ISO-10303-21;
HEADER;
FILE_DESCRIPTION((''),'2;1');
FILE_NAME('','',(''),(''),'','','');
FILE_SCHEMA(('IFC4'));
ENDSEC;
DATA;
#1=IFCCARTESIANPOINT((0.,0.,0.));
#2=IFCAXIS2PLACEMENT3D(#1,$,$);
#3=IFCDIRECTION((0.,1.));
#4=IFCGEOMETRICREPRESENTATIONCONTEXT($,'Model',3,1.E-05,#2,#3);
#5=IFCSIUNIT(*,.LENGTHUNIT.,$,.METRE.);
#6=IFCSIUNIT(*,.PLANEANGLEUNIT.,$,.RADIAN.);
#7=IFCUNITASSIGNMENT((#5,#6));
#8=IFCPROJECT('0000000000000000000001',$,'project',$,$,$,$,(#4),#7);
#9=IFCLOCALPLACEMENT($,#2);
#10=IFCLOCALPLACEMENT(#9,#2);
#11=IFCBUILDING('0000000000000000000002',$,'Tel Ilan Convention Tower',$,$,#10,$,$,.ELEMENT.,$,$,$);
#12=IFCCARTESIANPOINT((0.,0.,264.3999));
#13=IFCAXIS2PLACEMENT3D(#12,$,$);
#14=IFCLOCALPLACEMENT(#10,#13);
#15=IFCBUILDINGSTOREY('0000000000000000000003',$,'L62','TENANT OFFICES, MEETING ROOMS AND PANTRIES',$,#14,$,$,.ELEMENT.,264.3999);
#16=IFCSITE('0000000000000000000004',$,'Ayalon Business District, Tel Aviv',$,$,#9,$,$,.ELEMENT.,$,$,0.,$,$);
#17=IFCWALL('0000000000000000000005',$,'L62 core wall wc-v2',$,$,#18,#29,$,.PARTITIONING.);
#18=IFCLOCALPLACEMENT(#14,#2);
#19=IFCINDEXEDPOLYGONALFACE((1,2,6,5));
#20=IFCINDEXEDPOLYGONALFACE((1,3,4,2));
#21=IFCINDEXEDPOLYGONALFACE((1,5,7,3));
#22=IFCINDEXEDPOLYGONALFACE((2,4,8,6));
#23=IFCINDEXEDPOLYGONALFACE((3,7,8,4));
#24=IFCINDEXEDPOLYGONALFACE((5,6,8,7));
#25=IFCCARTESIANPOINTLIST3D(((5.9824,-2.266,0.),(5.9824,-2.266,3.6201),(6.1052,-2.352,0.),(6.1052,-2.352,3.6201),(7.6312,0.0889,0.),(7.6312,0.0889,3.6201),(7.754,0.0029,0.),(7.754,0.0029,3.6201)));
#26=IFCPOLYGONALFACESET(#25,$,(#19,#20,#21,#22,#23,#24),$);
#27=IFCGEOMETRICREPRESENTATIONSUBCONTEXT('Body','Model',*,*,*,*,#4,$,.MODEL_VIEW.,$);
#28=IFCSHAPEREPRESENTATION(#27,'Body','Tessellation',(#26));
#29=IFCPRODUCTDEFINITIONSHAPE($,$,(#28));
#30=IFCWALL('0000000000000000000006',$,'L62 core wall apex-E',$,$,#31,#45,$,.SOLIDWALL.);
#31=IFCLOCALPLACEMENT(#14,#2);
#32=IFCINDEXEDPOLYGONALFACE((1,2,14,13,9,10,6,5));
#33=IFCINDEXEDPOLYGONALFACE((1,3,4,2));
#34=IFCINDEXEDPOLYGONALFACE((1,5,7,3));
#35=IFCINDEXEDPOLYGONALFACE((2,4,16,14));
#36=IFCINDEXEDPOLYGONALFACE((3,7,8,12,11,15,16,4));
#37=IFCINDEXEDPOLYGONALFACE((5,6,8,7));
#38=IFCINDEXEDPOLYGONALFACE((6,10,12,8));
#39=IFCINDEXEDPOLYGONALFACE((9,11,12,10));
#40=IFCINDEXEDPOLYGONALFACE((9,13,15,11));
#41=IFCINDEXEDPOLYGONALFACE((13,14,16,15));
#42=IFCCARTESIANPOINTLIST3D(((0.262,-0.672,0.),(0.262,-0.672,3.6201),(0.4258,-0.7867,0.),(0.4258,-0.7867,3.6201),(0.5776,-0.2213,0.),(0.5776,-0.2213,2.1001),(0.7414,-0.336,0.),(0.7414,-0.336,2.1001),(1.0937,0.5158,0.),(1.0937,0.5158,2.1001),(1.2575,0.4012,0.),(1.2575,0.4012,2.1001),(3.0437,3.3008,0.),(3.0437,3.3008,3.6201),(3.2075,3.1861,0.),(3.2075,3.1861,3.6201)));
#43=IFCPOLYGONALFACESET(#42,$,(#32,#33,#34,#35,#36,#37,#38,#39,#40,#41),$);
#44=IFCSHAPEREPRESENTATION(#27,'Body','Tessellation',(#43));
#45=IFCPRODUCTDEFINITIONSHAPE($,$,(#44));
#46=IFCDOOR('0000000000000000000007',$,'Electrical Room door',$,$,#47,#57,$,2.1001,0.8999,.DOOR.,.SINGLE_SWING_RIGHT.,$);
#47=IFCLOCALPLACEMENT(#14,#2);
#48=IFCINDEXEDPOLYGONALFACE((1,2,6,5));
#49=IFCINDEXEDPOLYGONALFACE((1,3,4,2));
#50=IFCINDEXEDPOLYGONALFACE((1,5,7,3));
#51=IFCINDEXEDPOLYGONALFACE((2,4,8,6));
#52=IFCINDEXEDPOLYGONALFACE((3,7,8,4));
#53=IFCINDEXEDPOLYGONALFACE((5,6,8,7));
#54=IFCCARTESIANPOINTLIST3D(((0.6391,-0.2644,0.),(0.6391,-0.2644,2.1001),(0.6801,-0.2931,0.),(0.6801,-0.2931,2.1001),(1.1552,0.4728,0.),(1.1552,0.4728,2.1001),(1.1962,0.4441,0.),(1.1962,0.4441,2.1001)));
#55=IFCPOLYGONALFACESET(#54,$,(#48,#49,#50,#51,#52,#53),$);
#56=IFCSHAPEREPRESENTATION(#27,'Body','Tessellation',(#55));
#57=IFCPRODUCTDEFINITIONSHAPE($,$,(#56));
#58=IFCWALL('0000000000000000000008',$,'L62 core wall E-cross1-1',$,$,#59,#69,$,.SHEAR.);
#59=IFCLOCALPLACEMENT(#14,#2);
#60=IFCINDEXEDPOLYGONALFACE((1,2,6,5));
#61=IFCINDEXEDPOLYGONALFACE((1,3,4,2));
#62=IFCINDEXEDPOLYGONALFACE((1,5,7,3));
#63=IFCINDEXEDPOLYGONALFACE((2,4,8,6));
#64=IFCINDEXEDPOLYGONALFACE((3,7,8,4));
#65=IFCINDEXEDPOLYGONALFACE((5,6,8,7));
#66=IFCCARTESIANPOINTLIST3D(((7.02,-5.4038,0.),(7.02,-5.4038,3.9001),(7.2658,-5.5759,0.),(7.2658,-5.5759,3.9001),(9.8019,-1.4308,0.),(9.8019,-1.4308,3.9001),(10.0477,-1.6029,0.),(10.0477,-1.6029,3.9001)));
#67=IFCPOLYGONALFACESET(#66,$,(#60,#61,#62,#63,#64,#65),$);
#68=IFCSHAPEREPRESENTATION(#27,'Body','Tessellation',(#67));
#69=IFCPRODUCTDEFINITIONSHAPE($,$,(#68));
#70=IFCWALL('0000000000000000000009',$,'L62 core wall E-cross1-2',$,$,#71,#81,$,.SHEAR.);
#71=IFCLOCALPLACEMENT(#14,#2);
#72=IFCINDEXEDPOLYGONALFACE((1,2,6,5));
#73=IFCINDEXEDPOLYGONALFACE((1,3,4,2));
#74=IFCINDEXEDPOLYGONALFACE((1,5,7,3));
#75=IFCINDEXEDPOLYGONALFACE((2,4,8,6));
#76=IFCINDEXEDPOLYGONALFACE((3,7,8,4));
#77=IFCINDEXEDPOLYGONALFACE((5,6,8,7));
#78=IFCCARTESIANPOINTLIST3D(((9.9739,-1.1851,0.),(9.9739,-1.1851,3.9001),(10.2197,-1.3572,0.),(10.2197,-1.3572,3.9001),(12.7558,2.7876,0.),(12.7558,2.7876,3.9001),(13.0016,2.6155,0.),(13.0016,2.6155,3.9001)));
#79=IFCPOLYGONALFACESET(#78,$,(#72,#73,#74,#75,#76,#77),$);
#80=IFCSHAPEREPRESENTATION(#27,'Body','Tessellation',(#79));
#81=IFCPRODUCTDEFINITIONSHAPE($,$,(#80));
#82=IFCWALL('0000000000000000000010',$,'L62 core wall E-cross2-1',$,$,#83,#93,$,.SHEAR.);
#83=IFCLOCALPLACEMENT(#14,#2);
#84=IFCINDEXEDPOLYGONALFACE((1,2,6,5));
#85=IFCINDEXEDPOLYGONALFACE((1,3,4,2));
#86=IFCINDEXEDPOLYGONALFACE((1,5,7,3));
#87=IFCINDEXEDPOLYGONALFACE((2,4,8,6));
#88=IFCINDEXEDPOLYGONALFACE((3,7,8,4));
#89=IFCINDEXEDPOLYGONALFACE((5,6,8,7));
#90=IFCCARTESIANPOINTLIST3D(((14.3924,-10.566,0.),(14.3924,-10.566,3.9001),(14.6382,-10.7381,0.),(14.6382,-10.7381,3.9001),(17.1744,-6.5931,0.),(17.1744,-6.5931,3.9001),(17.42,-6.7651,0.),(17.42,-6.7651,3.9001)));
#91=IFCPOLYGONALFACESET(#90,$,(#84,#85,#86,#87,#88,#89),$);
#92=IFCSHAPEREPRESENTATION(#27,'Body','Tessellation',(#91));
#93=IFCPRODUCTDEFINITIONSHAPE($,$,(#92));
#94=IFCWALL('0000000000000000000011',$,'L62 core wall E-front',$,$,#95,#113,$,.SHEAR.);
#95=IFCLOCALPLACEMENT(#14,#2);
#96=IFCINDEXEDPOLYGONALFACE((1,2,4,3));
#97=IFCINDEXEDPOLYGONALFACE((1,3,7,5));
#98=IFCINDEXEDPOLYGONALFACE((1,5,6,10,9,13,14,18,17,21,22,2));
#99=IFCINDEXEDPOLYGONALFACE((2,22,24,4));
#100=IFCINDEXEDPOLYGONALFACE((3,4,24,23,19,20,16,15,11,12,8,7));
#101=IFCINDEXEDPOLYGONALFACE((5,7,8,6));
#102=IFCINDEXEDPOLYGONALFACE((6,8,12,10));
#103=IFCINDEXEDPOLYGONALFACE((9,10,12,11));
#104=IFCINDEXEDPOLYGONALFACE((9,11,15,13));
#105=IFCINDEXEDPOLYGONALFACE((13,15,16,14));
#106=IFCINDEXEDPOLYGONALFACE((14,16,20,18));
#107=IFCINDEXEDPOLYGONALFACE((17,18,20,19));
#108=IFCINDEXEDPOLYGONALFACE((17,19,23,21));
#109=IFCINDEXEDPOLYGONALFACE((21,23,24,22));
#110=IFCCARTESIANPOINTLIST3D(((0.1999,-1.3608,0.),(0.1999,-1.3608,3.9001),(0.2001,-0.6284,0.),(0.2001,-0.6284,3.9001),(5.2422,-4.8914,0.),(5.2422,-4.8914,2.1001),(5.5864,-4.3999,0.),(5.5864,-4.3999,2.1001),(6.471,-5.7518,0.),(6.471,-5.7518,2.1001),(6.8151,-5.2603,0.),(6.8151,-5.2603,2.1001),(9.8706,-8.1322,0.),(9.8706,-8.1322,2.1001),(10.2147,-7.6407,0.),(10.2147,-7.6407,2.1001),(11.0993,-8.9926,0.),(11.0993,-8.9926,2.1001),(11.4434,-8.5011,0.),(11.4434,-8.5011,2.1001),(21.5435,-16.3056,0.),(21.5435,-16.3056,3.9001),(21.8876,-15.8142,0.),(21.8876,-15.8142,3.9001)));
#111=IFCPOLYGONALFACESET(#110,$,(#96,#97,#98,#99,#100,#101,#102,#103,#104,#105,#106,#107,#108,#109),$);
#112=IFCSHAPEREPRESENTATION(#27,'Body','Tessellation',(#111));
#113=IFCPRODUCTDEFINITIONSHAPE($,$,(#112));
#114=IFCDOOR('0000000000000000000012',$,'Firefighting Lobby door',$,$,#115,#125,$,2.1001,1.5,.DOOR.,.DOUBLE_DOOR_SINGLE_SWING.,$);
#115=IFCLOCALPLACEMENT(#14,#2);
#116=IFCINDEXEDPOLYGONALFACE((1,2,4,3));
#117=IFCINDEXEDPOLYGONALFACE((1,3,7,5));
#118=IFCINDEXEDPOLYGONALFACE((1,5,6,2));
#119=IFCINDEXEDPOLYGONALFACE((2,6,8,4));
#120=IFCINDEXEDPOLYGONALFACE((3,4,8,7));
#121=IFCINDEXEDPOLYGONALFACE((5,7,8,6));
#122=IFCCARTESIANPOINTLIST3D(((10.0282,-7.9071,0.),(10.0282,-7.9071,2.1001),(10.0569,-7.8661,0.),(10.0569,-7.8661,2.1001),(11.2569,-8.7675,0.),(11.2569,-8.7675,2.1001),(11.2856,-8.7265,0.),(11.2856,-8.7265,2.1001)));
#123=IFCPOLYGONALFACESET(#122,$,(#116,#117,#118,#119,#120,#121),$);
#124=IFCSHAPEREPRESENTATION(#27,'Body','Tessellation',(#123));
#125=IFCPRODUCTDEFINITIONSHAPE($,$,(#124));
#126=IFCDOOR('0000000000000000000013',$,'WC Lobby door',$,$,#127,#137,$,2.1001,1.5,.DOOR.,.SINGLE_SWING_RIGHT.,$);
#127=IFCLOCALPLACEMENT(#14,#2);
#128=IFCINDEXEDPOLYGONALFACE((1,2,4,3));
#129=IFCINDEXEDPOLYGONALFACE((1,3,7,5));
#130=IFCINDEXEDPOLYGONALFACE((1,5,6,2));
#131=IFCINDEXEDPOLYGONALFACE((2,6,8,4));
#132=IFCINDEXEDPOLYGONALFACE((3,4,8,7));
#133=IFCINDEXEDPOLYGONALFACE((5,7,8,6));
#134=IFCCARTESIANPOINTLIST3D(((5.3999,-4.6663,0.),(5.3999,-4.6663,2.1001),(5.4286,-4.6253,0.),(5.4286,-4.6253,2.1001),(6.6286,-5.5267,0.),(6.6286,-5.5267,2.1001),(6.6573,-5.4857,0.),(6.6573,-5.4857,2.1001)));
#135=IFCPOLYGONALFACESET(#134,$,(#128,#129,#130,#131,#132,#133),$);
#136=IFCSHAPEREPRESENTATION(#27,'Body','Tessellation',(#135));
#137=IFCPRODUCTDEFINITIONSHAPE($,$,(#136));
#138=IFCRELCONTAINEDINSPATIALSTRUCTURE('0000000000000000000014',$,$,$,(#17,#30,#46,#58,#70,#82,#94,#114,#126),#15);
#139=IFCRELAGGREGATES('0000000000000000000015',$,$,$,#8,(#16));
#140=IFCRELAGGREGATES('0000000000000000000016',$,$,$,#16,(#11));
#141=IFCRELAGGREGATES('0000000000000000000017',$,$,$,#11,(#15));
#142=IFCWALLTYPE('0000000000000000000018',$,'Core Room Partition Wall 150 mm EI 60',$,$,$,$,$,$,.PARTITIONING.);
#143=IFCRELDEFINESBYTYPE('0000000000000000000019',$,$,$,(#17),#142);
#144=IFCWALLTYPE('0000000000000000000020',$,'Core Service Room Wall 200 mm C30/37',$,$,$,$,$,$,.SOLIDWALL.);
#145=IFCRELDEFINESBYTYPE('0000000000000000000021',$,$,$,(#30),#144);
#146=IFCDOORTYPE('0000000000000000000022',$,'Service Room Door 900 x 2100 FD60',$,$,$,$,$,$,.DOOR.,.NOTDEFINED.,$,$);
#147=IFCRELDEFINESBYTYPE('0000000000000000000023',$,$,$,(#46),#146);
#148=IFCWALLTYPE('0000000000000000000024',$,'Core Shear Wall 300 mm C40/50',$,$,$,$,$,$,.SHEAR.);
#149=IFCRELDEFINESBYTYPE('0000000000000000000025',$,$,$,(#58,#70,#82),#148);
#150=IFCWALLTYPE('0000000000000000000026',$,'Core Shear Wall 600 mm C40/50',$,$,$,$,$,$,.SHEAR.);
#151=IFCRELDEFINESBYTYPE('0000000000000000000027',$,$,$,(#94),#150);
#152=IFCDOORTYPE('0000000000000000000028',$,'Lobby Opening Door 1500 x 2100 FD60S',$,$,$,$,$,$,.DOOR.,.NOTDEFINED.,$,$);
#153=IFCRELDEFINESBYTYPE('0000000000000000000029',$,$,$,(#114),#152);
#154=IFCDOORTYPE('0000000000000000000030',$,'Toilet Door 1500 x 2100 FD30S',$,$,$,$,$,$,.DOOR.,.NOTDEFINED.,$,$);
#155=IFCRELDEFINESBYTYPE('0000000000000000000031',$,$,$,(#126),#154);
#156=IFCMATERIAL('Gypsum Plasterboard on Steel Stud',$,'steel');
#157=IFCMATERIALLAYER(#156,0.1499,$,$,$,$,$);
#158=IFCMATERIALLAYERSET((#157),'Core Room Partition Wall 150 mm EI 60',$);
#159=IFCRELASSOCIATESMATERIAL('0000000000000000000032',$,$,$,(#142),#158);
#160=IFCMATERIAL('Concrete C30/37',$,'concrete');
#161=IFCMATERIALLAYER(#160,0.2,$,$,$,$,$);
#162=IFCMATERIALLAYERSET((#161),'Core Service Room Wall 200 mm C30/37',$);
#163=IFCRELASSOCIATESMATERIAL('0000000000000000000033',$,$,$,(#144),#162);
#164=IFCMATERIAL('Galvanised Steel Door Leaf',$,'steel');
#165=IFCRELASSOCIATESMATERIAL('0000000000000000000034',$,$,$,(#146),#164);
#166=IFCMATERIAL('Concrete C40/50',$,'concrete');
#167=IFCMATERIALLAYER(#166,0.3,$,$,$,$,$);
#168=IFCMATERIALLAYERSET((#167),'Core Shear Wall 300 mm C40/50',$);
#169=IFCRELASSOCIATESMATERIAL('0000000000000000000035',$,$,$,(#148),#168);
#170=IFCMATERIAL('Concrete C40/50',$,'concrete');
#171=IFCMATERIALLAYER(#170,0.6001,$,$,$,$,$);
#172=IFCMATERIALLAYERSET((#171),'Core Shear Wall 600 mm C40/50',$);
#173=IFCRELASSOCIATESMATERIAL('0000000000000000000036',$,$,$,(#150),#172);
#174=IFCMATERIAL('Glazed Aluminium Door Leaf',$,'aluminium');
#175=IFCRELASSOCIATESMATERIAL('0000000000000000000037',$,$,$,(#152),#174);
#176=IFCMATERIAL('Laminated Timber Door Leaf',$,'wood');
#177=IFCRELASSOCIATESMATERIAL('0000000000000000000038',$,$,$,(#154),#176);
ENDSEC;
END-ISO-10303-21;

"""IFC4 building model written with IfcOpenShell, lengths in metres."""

from ifc_helpers import new_model, si_unit, direction, frame, frame_2d, origin, place, context, subcontext, project, spatial, polyline, rectangle, outline, extrude, material, layer, layer_set, type_object, element, fill, save


model = new_model("IFC4")

# Units and contexts
model_context = context("Model", 3, precision=1e-05, world=origin(), true_north=direction((0.0, 1.0)))
body_context = subcontext(model_context, "Body", "Model", "MODEL_VIEW")
ifc_project = project(units=[si_unit("LENGTHUNIT", "METRE"), si_unit("PLANEANGLEUNIT", "RADIAN")], contexts=[model_context])

# Site, building, storey
site_placement = place(None, origin())
site = spatial("IfcSite", under=ifc_project, at=site_placement, Name="Ayalon Business District, Tel Aviv", CompositionType="ELEMENT", RefElevation=0.0)
building_placement = place(site_placement, origin())
building = spatial("IfcBuilding", under=site, at=building_placement, Name="Tel Ilan Convention Tower", CompositionType="ELEMENT")
storey_placement = place(building_placement, frame((0.0, 0.0, 264.3999)))
storey = spatial("IfcBuildingStorey", under=building, at=storey_placement, Name="L62", Description="TENANT OFFICES, MEETING ROOMS AND PANTRIES", CompositionType="ELEMENT", Elevation=264.3999)

# Wall
ifc_material_1 = material(Name="Gypsum Plasterboard on Steel Stud", Category="steel")
ifc_layer_1 = layer(ifc_material_1, 0.1499)
ifc_layer_set_1 = layer_set([ifc_layer_1], Name="Core Room Partition Wall 150 mm EI 60")
wall_type_1 = type_object("IfcWallType", Name="Core Room Partition Wall 150 mm EI 60", PredefinedType="PARTITIONING", material=ifc_layer_set_1)
wall_1_placement = place(storey_placement, frame((6.0437, -2.3091, 0.0), z_axis=(0.0, 0.0, 1.0), x_axis=(0.573565, 0.81916, 0.0)))
element("IfcWall", 1, at=wall_1_placement, inside=storey, type_object=wall_type_1, Name="L62 core wall wc-v2", PredefinedType="PARTITIONING", context=body_context, shape_type="SweptSolid", body=[
    extrude(rectangle(XDim=2.8748, YDim=0.1499, at=frame_2d((1.4375, 0.0))), origin(), (0.0, 0.0, 1.0), 3.6201),
])

# Wall, opening, door
ifc_material_2 = material(Name="Concrete C30/37", Category="concrete")
ifc_layer_2 = layer(ifc_material_2, 0.2)
ifc_layer_set_2 = layer_set([ifc_layer_2], Name="Core Service Room Wall 200 mm C30/37")
wall_type_2 = type_object("IfcWallType", Name="Core Service Room Wall 200 mm C30/37", PredefinedType="SOLIDWALL", material=ifc_layer_set_2)
wall_2_placement = place(storey_placement, frame((0.344, -0.7292, 0.0), z_axis=(0.0, 0.0, 1.0), x_axis=(0.57356, 0.819163, 0.0)))
wall_2 = element("IfcWall", 2, at=wall_2_placement, inside=storey, type_object=wall_type_2, Name="L62 core wall apex-E", PredefinedType="SOLIDWALL", context=body_context, shape_type="SweptSolid", body=[
    extrude(rectangle(XDim=4.8499, YDim=0.2, at=frame_2d((2.4248, 0.0))), origin(), (0.0, 0.0, 1.0), 3.6201),
])
opening_1_placement = place(wall_2_placement, frame((0.55, 0.0, 0.0)))
opening_1 = element("IfcOpeningElement", 3, at=opening_1_placement, cuts=wall_2, PredefinedType="OPENING", context=body_context, shape_type="SweptSolid", body=[
    extrude(rectangle(XDim=0.8999, YDim=2.1001, at=frame_2d((0.45, 1.05))), frame((0.0, 0.1099, 0.0), z_axis=(0.0, -1.0, 0.0), x_axis=(1.0, 0.0, 0.0)), (0.0, 0.0, 1.0), 0.22),
])
ifc_material_3 = material(Name="Galvanised Steel Door Leaf", Category="steel")
door_type_1 = type_object("IfcDoorType", Name="Service Room Door 900 x 2100 FD60", OperationType="NOTDEFINED", PredefinedType="DOOR", material=ifc_material_3)
door_1_placement = place(opening_1_placement, origin())
door_1 = element("IfcDoor", 4, at=door_1_placement, inside=storey, type_object=door_type_1, Name="Electrical Room door", OperationType="SINGLE_SWING_RIGHT", OverallHeight=2.1001, OverallWidth=0.8999, PredefinedType="DOOR", context=body_context, shape_type="SweptSolid", body=[
    extrude(rectangle(XDim=0.8999, YDim=2.1001, at=frame_2d((0.45, 1.05))), frame((0.0, 0.0249, 0.0), z_axis=(0.0, -1.0, 0.0), x_axis=(1.0, 0.0, 0.0)), (0.0, 0.0, 1.0), 0.05),
])
fill(opening_1, door_1)

# Walls
ifc_material_4 = material(Name="Concrete C40/50", Category="concrete")
ifc_layer_3 = layer(ifc_material_4, 0.3)
ifc_layer_set_3 = layer_set([ifc_layer_3], Name="Core Shear Wall 300 mm C40/50")
wall_type_3 = type_object("IfcWallType", Name="Core Shear Wall 300 mm C40/50", PredefinedType="SHEAR", material=ifc_layer_set_3)
wall_3_placement = place(storey_placement, frame((7.1428, -5.4897, 0.0), z_axis=(0.0, 0.0, 1.0), x_axis=(0.573618, 0.819123, 0.0)))
element("IfcWall", 5, at=wall_3_placement, inside=storey, type_object=wall_type_3, Name="L62 core wall E-cross1-1", PredefinedType="SHEAR", context=body_context, shape_type="SweptSolid", body=[
    extrude(outline(polyline([(0.0, 0.1499), (0.0, -0.1501), (4.8501, -0.1499), (4.8501, 0.1501), (0.0, 0.1499)])), origin(), (0.0, 0.0, 1.0), 3.9001),
])
wall_4_placement = place(storey_placement, frame((10.0969, -1.2712, 0.0), z_axis=(0.0, 0.0, 1.0), x_axis=(0.57356, 0.819163, 0.0)))
element("IfcWall", 6, at=wall_4_placement, inside=storey, type_object=wall_type_3, Name="L62 core wall E-cross1-2", PredefinedType="SHEAR", context=body_context, shape_type="SweptSolid", body=[
    extrude(outline(polyline([(4.8499, -0.1501), (4.8499, 0.1499), (0.0, 0.1501), (0.0, -0.1499), (4.8499, -0.1501)])), origin(), (0.0, 0.0, 1.0), 3.9001),
])
wall_5_placement = place(storey_placement, frame((14.5154, -10.6521, 0.0), z_axis=(0.0, 0.0, 1.0), x_axis=(0.57356, 0.819163, 0.0)))
element("IfcWall", 7, at=wall_5_placement, inside=storey, type_object=wall_type_3, Name="L62 core wall E-cross2-1", PredefinedType="SHEAR", context=body_context, shape_type="SweptSolid", body=[
    extrude(outline(polyline([(0.0, 0.1501), (0.0, -0.1499), (4.8501, -0.1499), (4.8501, 0.1499), (0.0, 0.1501)])), origin(), (0.0, 0.0, 1.0), 3.9001),
])

# Wall, openings, doors
ifc_material_5 = material(Name="Concrete C40/50", Category="concrete")
ifc_layer_4 = layer(ifc_material_5, 0.6001)
ifc_layer_set_4 = layer_set([ifc_layer_4], Name="Core Shear Wall 600 mm C40/50")
wall_type_4 = type_object("IfcWallType", Name="Core Shear Wall 600 mm C40/50", PredefinedType="SHEAR", material=ifc_layer_set_4)
wall_6_placement = place(storey_placement, frame((0.0278, -0.874, 0.0), z_axis=(0.0, 0.0, 1.0), x_axis=(0.81915, -0.573579, 0.0)))
wall_6 = element("IfcWall", 8, at=wall_6_placement, inside=storey, type_object=wall_type_4, Name="L62 core wall E-front", PredefinedType="SHEAR", context=body_context, shape_type="SweptSolid", body=[
    extrude(outline(polyline([(26.4758, 0.3), (0.0002, 0.3), (0.4202, -0.3), (26.4758, -0.2998), (26.4758, 0.3)])), origin(), (0.0, 0.0, 1.0), 3.9001),
])
opening_2_placement = place(wall_6_placement, frame((6.5757, 0.0, 0.0)))
opening_2 = element("IfcOpeningElement", 9, at=opening_2_placement, cuts=wall_6, PredefinedType="OPENING", context=body_context, shape_type="SweptSolid", body=[
    extrude(rectangle(XDim=1.5, YDim=2.1001, at=frame_2d((0.75, 1.05))), frame((0.0, 0.3101, 0.0), z_axis=(0.0, -1.0, 0.0), x_axis=(1.0, 0.0, 0.0)), (0.0, 0.0, 1.0), 0.6201),
])
opening_3_placement = place(wall_6_placement, frame((12.2258, 0.0, 0.0)))
opening_3 = element("IfcOpeningElement", 10, at=opening_3_placement, cuts=wall_6, PredefinedType="OPENING", context=body_context, shape_type="SweptSolid", body=[
    extrude(rectangle(XDim=1.5, YDim=2.1001, at=frame_2d((0.75, 1.05))), frame((0.0, 0.3101, 0.0), z_axis=(0.0, -1.0, 0.0), x_axis=(1.0, 0.0, 0.0)), (0.0, 0.0, 1.0), 0.6201),
])
ifc_material_6 = material(Name="Glazed Aluminium Door Leaf", Category="aluminium")
door_type_2 = type_object("IfcDoorType", Name="Lobby Opening Door 1500 x 2100 FD60S", OperationType="NOTDEFINED", PredefinedType="DOOR", material=ifc_material_6)
door_2_placement = place(opening_3_placement, origin())
door_2 = element("IfcDoor", 11, at=door_2_placement, inside=storey, type_object=door_type_2, Name="Firefighting Lobby door", OperationType="DOUBLE_DOOR_SINGLE_SWING", OverallHeight=2.1001, OverallWidth=1.5, PredefinedType="DOOR", context=body_context, shape_type="SweptSolid", body=[
    extrude(rectangle(XDim=1.5, YDim=2.1001, at=frame_2d((0.75, 1.05))), frame((0.0, 0.0249, 0.0), z_axis=(0.0, -1.0, 0.0), x_axis=(1.0, 0.0, 0.0)), (0.0, 0.0, 1.0), 0.05),
])
fill(opening_3, door_2)
ifc_material_7 = material(Name="Laminated Timber Door Leaf", Category="wood")
door_type_3 = type_object("IfcDoorType", Name="Toilet Door 1500 x 2100 FD30S", OperationType="NOTDEFINED", PredefinedType="DOOR", material=ifc_material_7)
door_3_placement = place(opening_2_placement, origin())
door_3 = element("IfcDoor", 12, at=door_3_placement, inside=storey, type_object=door_type_3, Name="WC Lobby door", OperationType="SINGLE_SWING_RIGHT", OverallHeight=2.1001, OverallWidth=1.5, PredefinedType="DOOR", context=body_context, shape_type="SweptSolid", body=[
    extrude(rectangle(XDim=1.5, YDim=2.1001, at=frame_2d((0.75, 1.05))), frame((0.0, 0.0249, 0.0), z_axis=(0.0, -1.0, 0.0), x_axis=(1.0, 0.0, 0.0)), (0.0, 0.0, 1.0), 0.05),
])
fill(opening_2, door_3)

save(model, "model.ifc")
